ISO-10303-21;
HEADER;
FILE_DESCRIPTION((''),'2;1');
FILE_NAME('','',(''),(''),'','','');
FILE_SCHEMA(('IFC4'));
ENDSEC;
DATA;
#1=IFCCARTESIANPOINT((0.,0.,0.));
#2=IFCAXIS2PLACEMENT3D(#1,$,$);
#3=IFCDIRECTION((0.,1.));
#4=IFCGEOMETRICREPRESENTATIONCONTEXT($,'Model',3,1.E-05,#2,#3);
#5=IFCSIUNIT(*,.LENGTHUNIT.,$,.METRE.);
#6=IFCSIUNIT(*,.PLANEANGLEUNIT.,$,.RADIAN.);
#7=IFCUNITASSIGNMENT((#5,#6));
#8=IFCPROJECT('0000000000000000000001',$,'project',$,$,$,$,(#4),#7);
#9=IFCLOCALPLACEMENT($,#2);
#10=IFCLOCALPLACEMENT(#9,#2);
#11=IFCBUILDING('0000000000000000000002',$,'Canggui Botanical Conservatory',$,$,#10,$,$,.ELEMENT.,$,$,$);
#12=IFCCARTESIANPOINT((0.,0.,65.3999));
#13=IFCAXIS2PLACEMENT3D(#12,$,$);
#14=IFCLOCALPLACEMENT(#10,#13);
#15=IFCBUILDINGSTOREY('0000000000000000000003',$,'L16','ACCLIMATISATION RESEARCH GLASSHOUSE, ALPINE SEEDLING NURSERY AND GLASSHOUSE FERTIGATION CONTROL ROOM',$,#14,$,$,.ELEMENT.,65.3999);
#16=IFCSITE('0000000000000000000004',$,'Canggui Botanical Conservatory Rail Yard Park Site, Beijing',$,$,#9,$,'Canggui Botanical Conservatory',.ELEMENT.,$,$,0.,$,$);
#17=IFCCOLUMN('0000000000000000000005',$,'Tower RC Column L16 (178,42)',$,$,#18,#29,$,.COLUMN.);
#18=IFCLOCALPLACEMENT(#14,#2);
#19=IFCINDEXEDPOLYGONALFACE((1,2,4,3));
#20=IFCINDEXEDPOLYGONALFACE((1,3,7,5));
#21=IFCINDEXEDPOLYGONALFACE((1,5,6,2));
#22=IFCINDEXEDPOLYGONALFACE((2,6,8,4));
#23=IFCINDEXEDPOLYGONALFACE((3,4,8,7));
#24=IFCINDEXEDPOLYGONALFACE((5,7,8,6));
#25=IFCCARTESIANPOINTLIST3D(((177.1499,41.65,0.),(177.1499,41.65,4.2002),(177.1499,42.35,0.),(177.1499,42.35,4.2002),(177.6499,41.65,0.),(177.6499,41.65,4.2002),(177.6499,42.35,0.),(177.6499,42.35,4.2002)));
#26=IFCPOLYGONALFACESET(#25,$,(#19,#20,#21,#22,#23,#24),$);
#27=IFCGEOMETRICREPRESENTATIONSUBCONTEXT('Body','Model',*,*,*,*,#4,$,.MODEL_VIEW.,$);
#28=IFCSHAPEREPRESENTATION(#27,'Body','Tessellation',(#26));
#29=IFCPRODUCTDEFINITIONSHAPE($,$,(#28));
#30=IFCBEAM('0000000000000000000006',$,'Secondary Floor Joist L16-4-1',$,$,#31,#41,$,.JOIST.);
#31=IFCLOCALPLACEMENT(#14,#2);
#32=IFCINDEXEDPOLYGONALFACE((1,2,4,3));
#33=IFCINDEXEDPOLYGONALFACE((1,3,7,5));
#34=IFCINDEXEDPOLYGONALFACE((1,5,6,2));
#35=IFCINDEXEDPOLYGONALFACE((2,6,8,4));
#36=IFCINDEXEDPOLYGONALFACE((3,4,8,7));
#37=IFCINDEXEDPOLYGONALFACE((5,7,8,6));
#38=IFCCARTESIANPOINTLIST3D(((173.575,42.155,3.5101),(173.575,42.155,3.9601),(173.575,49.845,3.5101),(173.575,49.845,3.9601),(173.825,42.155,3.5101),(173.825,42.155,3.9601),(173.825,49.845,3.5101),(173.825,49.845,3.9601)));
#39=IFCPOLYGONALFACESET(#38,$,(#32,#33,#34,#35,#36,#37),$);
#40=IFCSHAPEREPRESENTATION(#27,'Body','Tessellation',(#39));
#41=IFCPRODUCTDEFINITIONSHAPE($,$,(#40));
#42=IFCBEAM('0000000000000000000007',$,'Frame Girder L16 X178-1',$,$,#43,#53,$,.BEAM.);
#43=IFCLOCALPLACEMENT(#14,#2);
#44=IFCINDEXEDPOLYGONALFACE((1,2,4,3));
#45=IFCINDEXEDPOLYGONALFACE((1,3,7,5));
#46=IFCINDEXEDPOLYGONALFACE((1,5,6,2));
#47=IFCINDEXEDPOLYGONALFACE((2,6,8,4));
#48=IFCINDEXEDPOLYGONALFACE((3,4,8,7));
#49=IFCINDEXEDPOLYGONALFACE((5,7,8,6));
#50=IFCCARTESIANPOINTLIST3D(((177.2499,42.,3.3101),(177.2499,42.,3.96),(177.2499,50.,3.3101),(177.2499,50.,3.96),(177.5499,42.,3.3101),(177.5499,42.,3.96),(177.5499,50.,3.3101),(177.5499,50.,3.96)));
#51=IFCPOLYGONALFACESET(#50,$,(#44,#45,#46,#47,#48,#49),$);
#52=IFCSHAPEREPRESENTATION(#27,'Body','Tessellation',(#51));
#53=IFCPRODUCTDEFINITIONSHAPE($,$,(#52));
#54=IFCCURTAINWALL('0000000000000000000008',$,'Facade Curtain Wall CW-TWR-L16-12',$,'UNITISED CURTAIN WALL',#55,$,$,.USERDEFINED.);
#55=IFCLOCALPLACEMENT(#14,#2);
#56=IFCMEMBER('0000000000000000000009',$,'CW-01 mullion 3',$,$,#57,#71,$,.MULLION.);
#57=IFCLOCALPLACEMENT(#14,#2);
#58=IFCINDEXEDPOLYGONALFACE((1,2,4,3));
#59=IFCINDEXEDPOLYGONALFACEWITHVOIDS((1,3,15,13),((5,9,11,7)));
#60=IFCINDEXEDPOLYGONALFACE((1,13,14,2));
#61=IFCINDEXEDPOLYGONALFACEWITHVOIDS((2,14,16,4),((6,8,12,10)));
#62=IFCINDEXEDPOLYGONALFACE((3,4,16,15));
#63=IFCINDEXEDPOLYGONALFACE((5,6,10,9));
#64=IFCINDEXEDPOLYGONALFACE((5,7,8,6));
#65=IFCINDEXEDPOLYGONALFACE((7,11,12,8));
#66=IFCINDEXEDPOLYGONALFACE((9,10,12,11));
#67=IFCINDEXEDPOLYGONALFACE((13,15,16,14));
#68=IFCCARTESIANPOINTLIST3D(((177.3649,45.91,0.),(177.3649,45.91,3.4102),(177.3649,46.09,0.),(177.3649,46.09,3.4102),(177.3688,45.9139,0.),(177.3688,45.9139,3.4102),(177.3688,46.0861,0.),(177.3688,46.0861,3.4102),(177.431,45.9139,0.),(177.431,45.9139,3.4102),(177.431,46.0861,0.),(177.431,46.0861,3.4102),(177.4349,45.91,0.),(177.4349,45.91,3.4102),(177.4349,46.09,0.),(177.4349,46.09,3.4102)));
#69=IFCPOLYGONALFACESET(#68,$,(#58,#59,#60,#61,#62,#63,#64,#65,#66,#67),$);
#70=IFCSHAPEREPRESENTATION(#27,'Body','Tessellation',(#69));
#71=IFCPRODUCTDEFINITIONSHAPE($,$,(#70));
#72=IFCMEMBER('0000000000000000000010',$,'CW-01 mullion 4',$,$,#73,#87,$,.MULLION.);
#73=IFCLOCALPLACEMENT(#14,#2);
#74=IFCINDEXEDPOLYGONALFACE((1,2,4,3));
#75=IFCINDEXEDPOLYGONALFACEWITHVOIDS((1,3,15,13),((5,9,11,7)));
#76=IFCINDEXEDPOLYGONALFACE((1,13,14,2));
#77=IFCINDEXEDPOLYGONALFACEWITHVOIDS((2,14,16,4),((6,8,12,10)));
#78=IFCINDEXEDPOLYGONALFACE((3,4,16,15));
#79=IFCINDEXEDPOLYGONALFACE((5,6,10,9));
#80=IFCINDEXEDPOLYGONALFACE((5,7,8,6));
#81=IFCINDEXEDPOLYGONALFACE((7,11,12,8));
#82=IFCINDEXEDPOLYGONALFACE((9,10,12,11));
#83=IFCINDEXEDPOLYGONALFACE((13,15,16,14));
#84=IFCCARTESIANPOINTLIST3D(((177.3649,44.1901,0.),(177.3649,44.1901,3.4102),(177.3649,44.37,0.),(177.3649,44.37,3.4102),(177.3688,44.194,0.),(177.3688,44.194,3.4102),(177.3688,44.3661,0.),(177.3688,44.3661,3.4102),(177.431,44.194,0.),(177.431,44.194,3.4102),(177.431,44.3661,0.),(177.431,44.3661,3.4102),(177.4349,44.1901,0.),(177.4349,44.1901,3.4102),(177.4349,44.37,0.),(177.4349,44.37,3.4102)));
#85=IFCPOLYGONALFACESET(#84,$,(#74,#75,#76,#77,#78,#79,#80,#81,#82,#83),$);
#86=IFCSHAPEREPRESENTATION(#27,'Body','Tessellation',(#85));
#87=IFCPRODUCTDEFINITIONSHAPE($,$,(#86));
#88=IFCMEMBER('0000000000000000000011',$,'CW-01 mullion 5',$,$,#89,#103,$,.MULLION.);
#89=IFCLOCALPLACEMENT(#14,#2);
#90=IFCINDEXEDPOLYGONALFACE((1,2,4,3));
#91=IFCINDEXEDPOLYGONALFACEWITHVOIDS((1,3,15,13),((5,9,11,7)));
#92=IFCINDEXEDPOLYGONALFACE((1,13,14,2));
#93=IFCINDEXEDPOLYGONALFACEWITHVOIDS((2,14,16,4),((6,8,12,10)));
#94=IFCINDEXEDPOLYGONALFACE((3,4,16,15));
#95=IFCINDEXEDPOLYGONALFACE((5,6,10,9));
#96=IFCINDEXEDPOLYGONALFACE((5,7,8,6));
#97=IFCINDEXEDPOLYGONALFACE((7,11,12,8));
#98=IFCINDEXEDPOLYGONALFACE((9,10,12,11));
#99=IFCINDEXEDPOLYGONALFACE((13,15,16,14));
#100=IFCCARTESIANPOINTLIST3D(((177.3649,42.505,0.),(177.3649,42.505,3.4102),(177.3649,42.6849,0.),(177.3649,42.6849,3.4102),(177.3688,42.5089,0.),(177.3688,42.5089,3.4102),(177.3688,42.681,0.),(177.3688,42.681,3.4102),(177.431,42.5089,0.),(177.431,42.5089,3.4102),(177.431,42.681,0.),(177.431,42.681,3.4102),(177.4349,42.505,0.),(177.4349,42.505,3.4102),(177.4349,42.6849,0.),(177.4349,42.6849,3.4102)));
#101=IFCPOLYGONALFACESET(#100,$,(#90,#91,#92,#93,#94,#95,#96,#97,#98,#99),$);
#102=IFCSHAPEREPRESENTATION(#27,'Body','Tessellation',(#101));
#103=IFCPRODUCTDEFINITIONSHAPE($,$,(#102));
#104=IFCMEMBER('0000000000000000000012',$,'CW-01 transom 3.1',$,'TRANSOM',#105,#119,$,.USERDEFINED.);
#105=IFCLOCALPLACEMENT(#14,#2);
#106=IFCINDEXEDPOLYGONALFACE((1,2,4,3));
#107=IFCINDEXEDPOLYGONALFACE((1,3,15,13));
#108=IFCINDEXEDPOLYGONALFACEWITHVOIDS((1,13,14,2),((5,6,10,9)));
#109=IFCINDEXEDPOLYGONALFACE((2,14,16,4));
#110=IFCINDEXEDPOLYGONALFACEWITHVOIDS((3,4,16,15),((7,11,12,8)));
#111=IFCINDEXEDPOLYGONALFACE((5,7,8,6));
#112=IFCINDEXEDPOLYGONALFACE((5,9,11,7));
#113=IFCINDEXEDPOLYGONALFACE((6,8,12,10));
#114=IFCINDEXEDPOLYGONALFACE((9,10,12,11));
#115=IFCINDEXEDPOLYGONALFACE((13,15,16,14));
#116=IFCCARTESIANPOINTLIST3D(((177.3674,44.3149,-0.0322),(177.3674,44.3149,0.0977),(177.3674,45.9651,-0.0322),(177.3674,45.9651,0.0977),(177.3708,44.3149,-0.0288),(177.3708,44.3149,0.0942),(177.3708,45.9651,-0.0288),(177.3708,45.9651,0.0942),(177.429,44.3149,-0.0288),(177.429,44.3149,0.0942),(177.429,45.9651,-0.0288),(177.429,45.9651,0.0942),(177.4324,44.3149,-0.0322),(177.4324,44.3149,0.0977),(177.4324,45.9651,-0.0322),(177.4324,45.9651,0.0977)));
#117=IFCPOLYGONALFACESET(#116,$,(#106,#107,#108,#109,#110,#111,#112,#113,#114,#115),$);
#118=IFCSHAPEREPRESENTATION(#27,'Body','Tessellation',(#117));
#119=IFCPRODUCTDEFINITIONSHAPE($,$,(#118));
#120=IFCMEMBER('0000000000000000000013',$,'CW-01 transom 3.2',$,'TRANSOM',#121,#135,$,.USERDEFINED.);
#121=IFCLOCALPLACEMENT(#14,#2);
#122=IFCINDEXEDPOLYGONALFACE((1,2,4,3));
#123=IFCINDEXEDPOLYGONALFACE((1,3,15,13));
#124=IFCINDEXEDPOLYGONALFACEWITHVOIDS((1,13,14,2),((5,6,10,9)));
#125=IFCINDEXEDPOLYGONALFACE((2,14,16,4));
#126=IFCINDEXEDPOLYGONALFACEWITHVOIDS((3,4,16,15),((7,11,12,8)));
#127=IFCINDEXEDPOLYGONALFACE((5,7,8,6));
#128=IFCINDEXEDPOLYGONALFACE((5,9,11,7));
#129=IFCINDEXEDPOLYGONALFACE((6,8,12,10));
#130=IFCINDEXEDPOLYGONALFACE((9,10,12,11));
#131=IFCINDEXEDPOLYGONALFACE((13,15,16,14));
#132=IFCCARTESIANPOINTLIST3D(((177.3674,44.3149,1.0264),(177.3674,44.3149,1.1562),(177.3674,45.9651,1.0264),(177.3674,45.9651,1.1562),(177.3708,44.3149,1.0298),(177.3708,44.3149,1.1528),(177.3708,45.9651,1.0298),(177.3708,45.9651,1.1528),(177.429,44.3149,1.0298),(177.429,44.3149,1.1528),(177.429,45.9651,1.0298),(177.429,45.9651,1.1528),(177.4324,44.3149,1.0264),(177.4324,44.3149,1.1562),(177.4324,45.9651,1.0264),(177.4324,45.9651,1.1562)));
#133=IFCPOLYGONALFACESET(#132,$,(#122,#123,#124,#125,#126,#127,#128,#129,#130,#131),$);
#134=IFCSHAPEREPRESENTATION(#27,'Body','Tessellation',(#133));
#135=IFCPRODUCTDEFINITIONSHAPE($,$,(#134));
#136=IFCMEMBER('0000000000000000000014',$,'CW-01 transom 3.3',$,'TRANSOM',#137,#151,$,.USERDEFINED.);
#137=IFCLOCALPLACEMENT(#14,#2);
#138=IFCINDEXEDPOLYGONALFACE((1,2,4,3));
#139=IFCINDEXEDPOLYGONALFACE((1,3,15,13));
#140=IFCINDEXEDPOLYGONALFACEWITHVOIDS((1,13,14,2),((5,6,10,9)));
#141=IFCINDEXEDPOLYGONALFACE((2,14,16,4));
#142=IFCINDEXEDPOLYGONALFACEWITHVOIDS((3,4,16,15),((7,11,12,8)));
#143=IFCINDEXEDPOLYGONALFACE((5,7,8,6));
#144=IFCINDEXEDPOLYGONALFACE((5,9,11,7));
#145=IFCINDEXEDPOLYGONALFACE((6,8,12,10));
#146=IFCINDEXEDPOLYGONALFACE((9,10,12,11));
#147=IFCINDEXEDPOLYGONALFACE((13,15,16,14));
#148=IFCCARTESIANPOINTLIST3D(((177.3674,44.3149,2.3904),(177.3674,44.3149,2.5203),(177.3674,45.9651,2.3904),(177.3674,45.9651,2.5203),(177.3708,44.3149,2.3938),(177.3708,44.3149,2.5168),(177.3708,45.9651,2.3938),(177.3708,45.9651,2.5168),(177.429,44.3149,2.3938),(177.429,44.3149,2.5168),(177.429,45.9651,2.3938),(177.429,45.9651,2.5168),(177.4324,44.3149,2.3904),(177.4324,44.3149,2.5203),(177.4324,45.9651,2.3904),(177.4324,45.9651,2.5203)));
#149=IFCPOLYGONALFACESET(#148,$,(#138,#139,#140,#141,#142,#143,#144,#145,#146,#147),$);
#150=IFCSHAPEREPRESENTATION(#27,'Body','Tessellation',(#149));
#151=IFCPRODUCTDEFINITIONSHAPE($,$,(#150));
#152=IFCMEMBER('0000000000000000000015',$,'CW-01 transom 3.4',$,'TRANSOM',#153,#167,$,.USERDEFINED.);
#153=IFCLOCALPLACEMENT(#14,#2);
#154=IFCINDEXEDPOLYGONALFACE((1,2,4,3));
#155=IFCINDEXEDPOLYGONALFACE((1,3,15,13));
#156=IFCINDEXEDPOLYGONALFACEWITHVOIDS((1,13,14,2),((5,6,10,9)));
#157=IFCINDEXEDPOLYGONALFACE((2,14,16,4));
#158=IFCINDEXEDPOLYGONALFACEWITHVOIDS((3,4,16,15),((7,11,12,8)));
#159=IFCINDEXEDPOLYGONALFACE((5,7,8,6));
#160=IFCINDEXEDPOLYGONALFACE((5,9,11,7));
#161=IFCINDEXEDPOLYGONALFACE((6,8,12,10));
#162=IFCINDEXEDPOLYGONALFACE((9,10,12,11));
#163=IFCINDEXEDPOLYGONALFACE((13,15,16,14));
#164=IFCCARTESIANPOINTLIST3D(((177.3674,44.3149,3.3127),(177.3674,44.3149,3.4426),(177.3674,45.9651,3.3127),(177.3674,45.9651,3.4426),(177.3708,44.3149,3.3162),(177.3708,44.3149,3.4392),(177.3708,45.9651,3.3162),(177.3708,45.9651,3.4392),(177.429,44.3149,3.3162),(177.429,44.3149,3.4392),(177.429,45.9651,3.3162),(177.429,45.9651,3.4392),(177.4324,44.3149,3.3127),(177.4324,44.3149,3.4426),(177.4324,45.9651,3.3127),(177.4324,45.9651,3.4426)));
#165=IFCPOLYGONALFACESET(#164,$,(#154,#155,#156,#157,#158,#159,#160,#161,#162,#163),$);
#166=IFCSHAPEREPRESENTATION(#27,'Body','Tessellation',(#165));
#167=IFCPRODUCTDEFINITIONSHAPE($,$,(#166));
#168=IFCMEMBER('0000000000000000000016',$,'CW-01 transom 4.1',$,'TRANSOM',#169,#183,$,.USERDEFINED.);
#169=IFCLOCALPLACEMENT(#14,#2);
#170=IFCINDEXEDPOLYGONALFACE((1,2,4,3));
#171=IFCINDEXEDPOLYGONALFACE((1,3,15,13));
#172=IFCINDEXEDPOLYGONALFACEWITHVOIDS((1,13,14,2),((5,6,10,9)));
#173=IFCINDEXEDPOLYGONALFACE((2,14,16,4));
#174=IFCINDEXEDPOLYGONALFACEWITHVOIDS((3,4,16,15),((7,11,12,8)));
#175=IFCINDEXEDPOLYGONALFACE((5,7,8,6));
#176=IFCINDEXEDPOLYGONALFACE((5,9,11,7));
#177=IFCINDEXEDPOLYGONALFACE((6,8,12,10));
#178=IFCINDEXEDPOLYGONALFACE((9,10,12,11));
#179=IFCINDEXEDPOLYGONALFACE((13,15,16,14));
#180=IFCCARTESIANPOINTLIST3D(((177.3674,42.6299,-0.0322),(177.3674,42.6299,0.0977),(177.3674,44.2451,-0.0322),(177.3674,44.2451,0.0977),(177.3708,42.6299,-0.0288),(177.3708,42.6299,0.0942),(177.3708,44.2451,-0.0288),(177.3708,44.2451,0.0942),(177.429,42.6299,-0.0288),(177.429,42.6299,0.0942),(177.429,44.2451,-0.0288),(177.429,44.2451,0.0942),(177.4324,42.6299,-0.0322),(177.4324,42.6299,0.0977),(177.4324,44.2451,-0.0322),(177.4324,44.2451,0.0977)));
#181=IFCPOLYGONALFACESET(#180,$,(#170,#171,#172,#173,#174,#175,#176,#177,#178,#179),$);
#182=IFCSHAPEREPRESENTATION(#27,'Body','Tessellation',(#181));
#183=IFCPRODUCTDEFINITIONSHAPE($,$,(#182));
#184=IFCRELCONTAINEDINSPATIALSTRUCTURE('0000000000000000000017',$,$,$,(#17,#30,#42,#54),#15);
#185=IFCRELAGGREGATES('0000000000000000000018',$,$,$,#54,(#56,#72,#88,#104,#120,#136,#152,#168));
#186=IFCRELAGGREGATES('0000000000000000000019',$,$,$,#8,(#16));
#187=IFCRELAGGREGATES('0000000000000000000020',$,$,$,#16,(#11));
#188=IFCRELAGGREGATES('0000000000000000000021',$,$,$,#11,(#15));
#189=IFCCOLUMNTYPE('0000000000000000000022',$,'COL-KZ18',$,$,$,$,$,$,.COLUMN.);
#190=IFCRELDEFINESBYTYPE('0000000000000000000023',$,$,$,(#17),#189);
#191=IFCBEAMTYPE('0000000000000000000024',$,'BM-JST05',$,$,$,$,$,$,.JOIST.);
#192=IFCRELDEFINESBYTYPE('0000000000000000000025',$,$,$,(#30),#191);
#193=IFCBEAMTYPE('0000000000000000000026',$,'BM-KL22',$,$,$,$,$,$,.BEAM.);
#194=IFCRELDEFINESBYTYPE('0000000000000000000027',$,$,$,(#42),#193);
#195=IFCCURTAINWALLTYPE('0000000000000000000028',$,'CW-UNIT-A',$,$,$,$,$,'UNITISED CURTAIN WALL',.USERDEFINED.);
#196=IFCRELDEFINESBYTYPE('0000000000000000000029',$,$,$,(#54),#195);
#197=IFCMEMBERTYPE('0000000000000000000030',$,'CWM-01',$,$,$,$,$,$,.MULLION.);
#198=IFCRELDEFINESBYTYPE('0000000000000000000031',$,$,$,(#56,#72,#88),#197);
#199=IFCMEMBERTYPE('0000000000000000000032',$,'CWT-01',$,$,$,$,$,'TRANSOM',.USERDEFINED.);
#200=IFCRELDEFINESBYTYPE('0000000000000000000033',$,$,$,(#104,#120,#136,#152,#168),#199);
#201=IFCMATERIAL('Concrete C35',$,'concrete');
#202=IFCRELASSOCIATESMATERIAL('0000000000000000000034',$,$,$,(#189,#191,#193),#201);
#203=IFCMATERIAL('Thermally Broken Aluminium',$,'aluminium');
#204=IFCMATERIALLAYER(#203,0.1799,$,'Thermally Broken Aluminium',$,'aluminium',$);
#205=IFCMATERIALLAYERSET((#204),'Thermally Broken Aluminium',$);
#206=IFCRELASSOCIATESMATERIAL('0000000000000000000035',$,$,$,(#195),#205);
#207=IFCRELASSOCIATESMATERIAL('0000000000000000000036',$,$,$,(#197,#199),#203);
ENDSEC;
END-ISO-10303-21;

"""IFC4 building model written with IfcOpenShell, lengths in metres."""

from ifc_helpers import new_model, si_unit, direction, frame, origin, origin_2d, place, context, subcontext, project, spatial, rectangle, hollow_rectangle, extrude, material, layer, layer_set, material_profile, profile_set, type_object, element, aggregate, save


model = new_model("IFC4")

# Units and contexts
model_context = context("Model", 3, precision=1e-05, world=origin(), true_north=direction((0.0, 1.0)))
body_context = subcontext(model_context, "Body", "Model", "MODEL_VIEW")
ifc_project = project(units=[si_unit("LENGTHUNIT", "METRE"), si_unit("PLANEANGLEUNIT", "RADIAN")], contexts=[model_context])

# Site, building, storey
site_placement = place(None, origin())
site = spatial("IfcSite", under=ifc_project, at=site_placement, Name="Canggui Botanical Conservatory Rail Yard Park Site, Beijing", LongName="Canggui Botanical Conservatory", CompositionType="ELEMENT", RefElevation=0.0)
building_placement = place(site_placement, origin())
building = spatial("IfcBuilding", under=site, at=building_placement, Name="Canggui Botanical Conservatory", CompositionType="ELEMENT")
storey_placement = place(building_placement, frame((0.0, 0.0, 65.3999)))
storey = spatial("IfcBuildingStorey", under=building, at=storey_placement, Name="L16", Description="ACCLIMATISATION RESEARCH GLASSHOUSE, ALPINE SEEDLING NURSERY AND GLASSHOUSE FERTIGATION CONTROL ROOM", CompositionType="ELEMENT", Elevation=65.3999)

# Column
ifc_material_1 = material(Name="Concrete C35", Category="concrete")
ifc_material_profile_1 = material_profile(ifc_material_1, rectangle(XDim=0.5, YDim=0.7, at=origin_2d()), Name="RC 500x700")
ifc_profile_set_1 = profile_set([ifc_material_profile_1], Name="Concrete C35")
column_type = type_object("IfcColumnType", Name="COL-KZ18", PredefinedType="COLUMN", material=ifc_profile_set_1)
column_placement = place(storey_placement, frame((177.3999, 42.0, 0.0), z_axis=(0.0, 0.0, 1.0), x_axis=(1.0, 0.0, 0.0)))
element("IfcColumn", 1, at=column_placement, inside=storey, type_object=column_type, Name="Tower RC Column L16 (178,42)", PredefinedType="COLUMN", context=body_context, shape_type="SweptSolid", body=[
    extrude(rectangle(XDim=0.5, YDim=0.7, at=origin_2d()), origin(), (0.0, 0.0, 1.0), 4.2002),
])

# Beams
ifc_material_profile_2 = material_profile(ifc_material_1, rectangle(XDim=0.25, YDim=0.45, at=origin_2d()), Name="RB 250x450")
ifc_profile_set_2 = profile_set([ifc_material_profile_2], Name="Concrete C35")
beam_type_1 = type_object("IfcBeamType", Name="BM-JST05", PredefinedType="JOIST", material=ifc_profile_set_2)
beam_1_placement = place(storey_placement, frame((173.7, 42.155, 3.7351), z_axis=(0.0, 1.0, 0.0), x_axis=(-1.0, 0.0, 0.0)))
element("IfcBeam", 2, at=beam_1_placement, inside=storey, type_object=beam_type_1, Name="Secondary Floor Joist L16-4-1", PredefinedType="JOIST", context=body_context, shape_type="SweptSolid", body=[
    extrude(rectangle(XDim=0.25, YDim=0.45, at=origin_2d()), origin(), (0.0, 0.0, 1.0), 7.6899),
])
ifc_material_profile_3 = material_profile(ifc_material_1, rectangle(XDim=0.3, YDim=0.6499, at=origin_2d()), Name="RB 300x650")
ifc_profile_set_3 = profile_set([ifc_material_profile_3], Name="Concrete C35")
beam_type_2 = type_object("IfcBeamType", Name="BM-KL22", PredefinedType="BEAM", material=ifc_profile_set_3)
beam_2_placement = place(storey_placement, frame((177.3999, 42.0, 3.635), z_axis=(0.0, 1.0, 0.0), x_axis=(-1.0, 0.0, 0.0)))
element("IfcBeam", 3, at=beam_2_placement, inside=storey, type_object=beam_type_2, Name="Frame Girder L16 X178-1", PredefinedType="BEAM", context=body_context, shape_type="SweptSolid", body=[
    extrude(rectangle(XDim=0.3, YDim=0.6499, at=origin_2d()), origin(), (0.0, 0.0, 1.0), 8.0),
])

# Curtain wall, members
ifc_material_2 = material(Name="Thermally Broken Aluminium", Category="aluminium")
ifc_layer_1 = layer(ifc_material_2, 0.1799, Name="Thermally Broken Aluminium", Category="aluminium")
ifc_layer_set_1 = layer_set([ifc_layer_1], Name="Thermally Broken Aluminium")
curtain_wall_type = type_object("IfcCurtainWallType", Name="CW-UNIT-A", ElementType="UNITISED CURTAIN WALL", PredefinedType="USERDEFINED", material=ifc_layer_set_1)
curtain_wall_placement = place(storey_placement, origin())
curtain_wall = element("IfcCurtainWall", 4, at=curtain_wall_placement, inside=storey, type_object=curtain_wall_type, Name="Facade Curtain Wall CW-TWR-L16-12", ObjectType="UNITISED CURTAIN WALL", PredefinedType="USERDEFINED")
ifc_material_profile_4 = material_profile(ifc_material_2, hollow_rectangle(XDim=0.0701, YDim=0.1799, WallThickness=0.0039, at=origin_2d()), Name="CWM 70x180x4")
ifc_profile_set_4 = profile_set([ifc_material_profile_4], Name="Thermally Broken Aluminium")
member_type_1 = type_object("IfcMemberType", Name="CWM-01", PredefinedType="MULLION", material=ifc_profile_set_4)
member_1_placement = place(storey_placement, frame((177.3999, 46.0, 0.0), z_axis=(0.0, 0.0, 1.0), x_axis=(1.0, 0.0, 0.0)))
member_1 = element("IfcMember", 5, at=member_1_placement, type_object=member_type_1, Name="CW-01 mullion 3", PredefinedType="MULLION", context=body_context, shape_type="SweptSolid", body=[
    extrude(hollow_rectangle(XDim=0.0701, YDim=0.1799, WallThickness=0.0039, at=origin_2d()), origin(), (0.0, 0.0, 1.0), 3.4102),
])
member_2_placement = place(storey_placement, frame((177.3999, 44.28, 0.0), z_axis=(0.0, 0.0, 1.0), x_axis=(1.0, 0.0, 0.0)))
member_2 = element("IfcMember", 6, at=member_2_placement, type_object=member_type_1, Name="CW-01 mullion 4", PredefinedType="MULLION", context=body_context, shape_type="SweptSolid", body=[
    extrude(hollow_rectangle(XDim=0.0701, YDim=0.1799, WallThickness=0.0039, at=origin_2d()), origin(), (0.0, 0.0, 1.0), 3.4102),
])
member_3_placement = place(storey_placement, frame((177.3999, 42.595, 0.0), z_axis=(0.0, 0.0, 1.0), x_axis=(1.0, 0.0, 0.0)))
member_3 = element("IfcMember", 7, at=member_3_placement, type_object=member_type_1, Name="CW-01 mullion 5", PredefinedType="MULLION", context=body_context, shape_type="SweptSolid", body=[
    extrude(hollow_rectangle(XDim=0.0701, YDim=0.1799, WallThickness=0.0039, at=origin_2d()), origin(), (0.0, 0.0, 1.0), 3.4102),
])
ifc_material_profile_5 = material_profile(ifc_material_2, hollow_rectangle(XDim=0.0649, YDim=0.1299, WallThickness=0.0034, at=origin_2d()), Name="CWT 65x130x3.5")
ifc_profile_set_5 = profile_set([ifc_material_profile_5], Name="Thermally Broken Aluminium")
member_type_2 = type_object("IfcMemberType", Name="CWT-01", ElementType="TRANSOM", PredefinedType="USERDEFINED", material=ifc_profile_set_5)
member_4_placement = place(storey_placement, frame((177.3999, 45.9651, 0.0327), z_axis=(0.0, -1.0, 0.0), x_axis=(1.0, 0.0, 0.0)))
member_4 = element("IfcMember", 8, at=member_4_placement, type_object=member_type_2, Name="CW-01 transom 3.1", ObjectType="TRANSOM", PredefinedType="USERDEFINED", context=body_context, shape_type="SweptSolid", body=[
    extrude(hollow_rectangle(XDim=0.0649, YDim=0.1299, WallThickness=0.0034, at=origin_2d()), origin(), (0.0, 0.0, 1.0), 1.6501),
])
member_5_placement = place(storey_placement, frame((177.3999, 45.9651, 1.0913), z_axis=(0.0, -1.0, 0.0), x_axis=(1.0, 0.0, 0.0)))
member_5 = element("IfcMember", 9, at=member_5_placement, type_object=member_type_2, Name="CW-01 transom 3.2", ObjectType="TRANSOM", PredefinedType="USERDEFINED", context=body_context, shape_type="SweptSolid", body=[
    extrude(hollow_rectangle(XDim=0.0649, YDim=0.1299, WallThickness=0.0034, at=origin_2d()), origin(), (0.0, 0.0, 1.0), 1.6501),
])
member_6_placement = place(storey_placement, frame((177.3999, 45.9651, 2.4553), z_axis=(0.0, -1.0, 0.0), x_axis=(1.0, 0.0, 0.0)))
member_6 = element("IfcMember", 10, at=member_6_placement, type_object=member_type_2, Name="CW-01 transom 3.3", ObjectType="TRANSOM", PredefinedType="USERDEFINED", context=body_context, shape_type="SweptSolid", body=[
    extrude(hollow_rectangle(XDim=0.0649, YDim=0.1299, WallThickness=0.0034, at=origin_2d()), origin(), (0.0, 0.0, 1.0), 1.6501),
])
member_7_placement = place(storey_placement, frame((177.3999, 45.9651, 3.3777), z_axis=(0.0, -1.0, 0.0), x_axis=(1.0, 0.0, 0.0)))
member_7 = element("IfcMember", 11, at=member_7_placement, type_object=member_type_2, Name="CW-01 transom 3.4", ObjectType="TRANSOM", PredefinedType="USERDEFINED", context=body_context, shape_type="SweptSolid", body=[
    extrude(hollow_rectangle(XDim=0.0649, YDim=0.1299, WallThickness=0.0034, at=origin_2d()), origin(), (0.0, 0.0, 1.0), 1.6501),
])
member_8_placement = place(storey_placement, frame((177.3999, 44.2451, 0.0327), z_axis=(0.0, -1.0, 0.0), x_axis=(1.0, 0.0, 0.0)))
member_8 = element("IfcMember", 12, at=member_8_placement, type_object=member_type_2, Name="CW-01 transom 4.1", ObjectType="TRANSOM", PredefinedType="USERDEFINED", context=body_context, shape_type="SweptSolid", body=[
    extrude(hollow_rectangle(XDim=0.0649, YDim=0.1299, WallThickness=0.0034, at=origin_2d()), origin(), (0.0, 0.0, 1.0), 1.6152),
])
aggregate(curtain_wall, [member_1, member_2, member_3, member_4, member_5, member_6, member_7, member_8])

save(model, "model.ifc")
